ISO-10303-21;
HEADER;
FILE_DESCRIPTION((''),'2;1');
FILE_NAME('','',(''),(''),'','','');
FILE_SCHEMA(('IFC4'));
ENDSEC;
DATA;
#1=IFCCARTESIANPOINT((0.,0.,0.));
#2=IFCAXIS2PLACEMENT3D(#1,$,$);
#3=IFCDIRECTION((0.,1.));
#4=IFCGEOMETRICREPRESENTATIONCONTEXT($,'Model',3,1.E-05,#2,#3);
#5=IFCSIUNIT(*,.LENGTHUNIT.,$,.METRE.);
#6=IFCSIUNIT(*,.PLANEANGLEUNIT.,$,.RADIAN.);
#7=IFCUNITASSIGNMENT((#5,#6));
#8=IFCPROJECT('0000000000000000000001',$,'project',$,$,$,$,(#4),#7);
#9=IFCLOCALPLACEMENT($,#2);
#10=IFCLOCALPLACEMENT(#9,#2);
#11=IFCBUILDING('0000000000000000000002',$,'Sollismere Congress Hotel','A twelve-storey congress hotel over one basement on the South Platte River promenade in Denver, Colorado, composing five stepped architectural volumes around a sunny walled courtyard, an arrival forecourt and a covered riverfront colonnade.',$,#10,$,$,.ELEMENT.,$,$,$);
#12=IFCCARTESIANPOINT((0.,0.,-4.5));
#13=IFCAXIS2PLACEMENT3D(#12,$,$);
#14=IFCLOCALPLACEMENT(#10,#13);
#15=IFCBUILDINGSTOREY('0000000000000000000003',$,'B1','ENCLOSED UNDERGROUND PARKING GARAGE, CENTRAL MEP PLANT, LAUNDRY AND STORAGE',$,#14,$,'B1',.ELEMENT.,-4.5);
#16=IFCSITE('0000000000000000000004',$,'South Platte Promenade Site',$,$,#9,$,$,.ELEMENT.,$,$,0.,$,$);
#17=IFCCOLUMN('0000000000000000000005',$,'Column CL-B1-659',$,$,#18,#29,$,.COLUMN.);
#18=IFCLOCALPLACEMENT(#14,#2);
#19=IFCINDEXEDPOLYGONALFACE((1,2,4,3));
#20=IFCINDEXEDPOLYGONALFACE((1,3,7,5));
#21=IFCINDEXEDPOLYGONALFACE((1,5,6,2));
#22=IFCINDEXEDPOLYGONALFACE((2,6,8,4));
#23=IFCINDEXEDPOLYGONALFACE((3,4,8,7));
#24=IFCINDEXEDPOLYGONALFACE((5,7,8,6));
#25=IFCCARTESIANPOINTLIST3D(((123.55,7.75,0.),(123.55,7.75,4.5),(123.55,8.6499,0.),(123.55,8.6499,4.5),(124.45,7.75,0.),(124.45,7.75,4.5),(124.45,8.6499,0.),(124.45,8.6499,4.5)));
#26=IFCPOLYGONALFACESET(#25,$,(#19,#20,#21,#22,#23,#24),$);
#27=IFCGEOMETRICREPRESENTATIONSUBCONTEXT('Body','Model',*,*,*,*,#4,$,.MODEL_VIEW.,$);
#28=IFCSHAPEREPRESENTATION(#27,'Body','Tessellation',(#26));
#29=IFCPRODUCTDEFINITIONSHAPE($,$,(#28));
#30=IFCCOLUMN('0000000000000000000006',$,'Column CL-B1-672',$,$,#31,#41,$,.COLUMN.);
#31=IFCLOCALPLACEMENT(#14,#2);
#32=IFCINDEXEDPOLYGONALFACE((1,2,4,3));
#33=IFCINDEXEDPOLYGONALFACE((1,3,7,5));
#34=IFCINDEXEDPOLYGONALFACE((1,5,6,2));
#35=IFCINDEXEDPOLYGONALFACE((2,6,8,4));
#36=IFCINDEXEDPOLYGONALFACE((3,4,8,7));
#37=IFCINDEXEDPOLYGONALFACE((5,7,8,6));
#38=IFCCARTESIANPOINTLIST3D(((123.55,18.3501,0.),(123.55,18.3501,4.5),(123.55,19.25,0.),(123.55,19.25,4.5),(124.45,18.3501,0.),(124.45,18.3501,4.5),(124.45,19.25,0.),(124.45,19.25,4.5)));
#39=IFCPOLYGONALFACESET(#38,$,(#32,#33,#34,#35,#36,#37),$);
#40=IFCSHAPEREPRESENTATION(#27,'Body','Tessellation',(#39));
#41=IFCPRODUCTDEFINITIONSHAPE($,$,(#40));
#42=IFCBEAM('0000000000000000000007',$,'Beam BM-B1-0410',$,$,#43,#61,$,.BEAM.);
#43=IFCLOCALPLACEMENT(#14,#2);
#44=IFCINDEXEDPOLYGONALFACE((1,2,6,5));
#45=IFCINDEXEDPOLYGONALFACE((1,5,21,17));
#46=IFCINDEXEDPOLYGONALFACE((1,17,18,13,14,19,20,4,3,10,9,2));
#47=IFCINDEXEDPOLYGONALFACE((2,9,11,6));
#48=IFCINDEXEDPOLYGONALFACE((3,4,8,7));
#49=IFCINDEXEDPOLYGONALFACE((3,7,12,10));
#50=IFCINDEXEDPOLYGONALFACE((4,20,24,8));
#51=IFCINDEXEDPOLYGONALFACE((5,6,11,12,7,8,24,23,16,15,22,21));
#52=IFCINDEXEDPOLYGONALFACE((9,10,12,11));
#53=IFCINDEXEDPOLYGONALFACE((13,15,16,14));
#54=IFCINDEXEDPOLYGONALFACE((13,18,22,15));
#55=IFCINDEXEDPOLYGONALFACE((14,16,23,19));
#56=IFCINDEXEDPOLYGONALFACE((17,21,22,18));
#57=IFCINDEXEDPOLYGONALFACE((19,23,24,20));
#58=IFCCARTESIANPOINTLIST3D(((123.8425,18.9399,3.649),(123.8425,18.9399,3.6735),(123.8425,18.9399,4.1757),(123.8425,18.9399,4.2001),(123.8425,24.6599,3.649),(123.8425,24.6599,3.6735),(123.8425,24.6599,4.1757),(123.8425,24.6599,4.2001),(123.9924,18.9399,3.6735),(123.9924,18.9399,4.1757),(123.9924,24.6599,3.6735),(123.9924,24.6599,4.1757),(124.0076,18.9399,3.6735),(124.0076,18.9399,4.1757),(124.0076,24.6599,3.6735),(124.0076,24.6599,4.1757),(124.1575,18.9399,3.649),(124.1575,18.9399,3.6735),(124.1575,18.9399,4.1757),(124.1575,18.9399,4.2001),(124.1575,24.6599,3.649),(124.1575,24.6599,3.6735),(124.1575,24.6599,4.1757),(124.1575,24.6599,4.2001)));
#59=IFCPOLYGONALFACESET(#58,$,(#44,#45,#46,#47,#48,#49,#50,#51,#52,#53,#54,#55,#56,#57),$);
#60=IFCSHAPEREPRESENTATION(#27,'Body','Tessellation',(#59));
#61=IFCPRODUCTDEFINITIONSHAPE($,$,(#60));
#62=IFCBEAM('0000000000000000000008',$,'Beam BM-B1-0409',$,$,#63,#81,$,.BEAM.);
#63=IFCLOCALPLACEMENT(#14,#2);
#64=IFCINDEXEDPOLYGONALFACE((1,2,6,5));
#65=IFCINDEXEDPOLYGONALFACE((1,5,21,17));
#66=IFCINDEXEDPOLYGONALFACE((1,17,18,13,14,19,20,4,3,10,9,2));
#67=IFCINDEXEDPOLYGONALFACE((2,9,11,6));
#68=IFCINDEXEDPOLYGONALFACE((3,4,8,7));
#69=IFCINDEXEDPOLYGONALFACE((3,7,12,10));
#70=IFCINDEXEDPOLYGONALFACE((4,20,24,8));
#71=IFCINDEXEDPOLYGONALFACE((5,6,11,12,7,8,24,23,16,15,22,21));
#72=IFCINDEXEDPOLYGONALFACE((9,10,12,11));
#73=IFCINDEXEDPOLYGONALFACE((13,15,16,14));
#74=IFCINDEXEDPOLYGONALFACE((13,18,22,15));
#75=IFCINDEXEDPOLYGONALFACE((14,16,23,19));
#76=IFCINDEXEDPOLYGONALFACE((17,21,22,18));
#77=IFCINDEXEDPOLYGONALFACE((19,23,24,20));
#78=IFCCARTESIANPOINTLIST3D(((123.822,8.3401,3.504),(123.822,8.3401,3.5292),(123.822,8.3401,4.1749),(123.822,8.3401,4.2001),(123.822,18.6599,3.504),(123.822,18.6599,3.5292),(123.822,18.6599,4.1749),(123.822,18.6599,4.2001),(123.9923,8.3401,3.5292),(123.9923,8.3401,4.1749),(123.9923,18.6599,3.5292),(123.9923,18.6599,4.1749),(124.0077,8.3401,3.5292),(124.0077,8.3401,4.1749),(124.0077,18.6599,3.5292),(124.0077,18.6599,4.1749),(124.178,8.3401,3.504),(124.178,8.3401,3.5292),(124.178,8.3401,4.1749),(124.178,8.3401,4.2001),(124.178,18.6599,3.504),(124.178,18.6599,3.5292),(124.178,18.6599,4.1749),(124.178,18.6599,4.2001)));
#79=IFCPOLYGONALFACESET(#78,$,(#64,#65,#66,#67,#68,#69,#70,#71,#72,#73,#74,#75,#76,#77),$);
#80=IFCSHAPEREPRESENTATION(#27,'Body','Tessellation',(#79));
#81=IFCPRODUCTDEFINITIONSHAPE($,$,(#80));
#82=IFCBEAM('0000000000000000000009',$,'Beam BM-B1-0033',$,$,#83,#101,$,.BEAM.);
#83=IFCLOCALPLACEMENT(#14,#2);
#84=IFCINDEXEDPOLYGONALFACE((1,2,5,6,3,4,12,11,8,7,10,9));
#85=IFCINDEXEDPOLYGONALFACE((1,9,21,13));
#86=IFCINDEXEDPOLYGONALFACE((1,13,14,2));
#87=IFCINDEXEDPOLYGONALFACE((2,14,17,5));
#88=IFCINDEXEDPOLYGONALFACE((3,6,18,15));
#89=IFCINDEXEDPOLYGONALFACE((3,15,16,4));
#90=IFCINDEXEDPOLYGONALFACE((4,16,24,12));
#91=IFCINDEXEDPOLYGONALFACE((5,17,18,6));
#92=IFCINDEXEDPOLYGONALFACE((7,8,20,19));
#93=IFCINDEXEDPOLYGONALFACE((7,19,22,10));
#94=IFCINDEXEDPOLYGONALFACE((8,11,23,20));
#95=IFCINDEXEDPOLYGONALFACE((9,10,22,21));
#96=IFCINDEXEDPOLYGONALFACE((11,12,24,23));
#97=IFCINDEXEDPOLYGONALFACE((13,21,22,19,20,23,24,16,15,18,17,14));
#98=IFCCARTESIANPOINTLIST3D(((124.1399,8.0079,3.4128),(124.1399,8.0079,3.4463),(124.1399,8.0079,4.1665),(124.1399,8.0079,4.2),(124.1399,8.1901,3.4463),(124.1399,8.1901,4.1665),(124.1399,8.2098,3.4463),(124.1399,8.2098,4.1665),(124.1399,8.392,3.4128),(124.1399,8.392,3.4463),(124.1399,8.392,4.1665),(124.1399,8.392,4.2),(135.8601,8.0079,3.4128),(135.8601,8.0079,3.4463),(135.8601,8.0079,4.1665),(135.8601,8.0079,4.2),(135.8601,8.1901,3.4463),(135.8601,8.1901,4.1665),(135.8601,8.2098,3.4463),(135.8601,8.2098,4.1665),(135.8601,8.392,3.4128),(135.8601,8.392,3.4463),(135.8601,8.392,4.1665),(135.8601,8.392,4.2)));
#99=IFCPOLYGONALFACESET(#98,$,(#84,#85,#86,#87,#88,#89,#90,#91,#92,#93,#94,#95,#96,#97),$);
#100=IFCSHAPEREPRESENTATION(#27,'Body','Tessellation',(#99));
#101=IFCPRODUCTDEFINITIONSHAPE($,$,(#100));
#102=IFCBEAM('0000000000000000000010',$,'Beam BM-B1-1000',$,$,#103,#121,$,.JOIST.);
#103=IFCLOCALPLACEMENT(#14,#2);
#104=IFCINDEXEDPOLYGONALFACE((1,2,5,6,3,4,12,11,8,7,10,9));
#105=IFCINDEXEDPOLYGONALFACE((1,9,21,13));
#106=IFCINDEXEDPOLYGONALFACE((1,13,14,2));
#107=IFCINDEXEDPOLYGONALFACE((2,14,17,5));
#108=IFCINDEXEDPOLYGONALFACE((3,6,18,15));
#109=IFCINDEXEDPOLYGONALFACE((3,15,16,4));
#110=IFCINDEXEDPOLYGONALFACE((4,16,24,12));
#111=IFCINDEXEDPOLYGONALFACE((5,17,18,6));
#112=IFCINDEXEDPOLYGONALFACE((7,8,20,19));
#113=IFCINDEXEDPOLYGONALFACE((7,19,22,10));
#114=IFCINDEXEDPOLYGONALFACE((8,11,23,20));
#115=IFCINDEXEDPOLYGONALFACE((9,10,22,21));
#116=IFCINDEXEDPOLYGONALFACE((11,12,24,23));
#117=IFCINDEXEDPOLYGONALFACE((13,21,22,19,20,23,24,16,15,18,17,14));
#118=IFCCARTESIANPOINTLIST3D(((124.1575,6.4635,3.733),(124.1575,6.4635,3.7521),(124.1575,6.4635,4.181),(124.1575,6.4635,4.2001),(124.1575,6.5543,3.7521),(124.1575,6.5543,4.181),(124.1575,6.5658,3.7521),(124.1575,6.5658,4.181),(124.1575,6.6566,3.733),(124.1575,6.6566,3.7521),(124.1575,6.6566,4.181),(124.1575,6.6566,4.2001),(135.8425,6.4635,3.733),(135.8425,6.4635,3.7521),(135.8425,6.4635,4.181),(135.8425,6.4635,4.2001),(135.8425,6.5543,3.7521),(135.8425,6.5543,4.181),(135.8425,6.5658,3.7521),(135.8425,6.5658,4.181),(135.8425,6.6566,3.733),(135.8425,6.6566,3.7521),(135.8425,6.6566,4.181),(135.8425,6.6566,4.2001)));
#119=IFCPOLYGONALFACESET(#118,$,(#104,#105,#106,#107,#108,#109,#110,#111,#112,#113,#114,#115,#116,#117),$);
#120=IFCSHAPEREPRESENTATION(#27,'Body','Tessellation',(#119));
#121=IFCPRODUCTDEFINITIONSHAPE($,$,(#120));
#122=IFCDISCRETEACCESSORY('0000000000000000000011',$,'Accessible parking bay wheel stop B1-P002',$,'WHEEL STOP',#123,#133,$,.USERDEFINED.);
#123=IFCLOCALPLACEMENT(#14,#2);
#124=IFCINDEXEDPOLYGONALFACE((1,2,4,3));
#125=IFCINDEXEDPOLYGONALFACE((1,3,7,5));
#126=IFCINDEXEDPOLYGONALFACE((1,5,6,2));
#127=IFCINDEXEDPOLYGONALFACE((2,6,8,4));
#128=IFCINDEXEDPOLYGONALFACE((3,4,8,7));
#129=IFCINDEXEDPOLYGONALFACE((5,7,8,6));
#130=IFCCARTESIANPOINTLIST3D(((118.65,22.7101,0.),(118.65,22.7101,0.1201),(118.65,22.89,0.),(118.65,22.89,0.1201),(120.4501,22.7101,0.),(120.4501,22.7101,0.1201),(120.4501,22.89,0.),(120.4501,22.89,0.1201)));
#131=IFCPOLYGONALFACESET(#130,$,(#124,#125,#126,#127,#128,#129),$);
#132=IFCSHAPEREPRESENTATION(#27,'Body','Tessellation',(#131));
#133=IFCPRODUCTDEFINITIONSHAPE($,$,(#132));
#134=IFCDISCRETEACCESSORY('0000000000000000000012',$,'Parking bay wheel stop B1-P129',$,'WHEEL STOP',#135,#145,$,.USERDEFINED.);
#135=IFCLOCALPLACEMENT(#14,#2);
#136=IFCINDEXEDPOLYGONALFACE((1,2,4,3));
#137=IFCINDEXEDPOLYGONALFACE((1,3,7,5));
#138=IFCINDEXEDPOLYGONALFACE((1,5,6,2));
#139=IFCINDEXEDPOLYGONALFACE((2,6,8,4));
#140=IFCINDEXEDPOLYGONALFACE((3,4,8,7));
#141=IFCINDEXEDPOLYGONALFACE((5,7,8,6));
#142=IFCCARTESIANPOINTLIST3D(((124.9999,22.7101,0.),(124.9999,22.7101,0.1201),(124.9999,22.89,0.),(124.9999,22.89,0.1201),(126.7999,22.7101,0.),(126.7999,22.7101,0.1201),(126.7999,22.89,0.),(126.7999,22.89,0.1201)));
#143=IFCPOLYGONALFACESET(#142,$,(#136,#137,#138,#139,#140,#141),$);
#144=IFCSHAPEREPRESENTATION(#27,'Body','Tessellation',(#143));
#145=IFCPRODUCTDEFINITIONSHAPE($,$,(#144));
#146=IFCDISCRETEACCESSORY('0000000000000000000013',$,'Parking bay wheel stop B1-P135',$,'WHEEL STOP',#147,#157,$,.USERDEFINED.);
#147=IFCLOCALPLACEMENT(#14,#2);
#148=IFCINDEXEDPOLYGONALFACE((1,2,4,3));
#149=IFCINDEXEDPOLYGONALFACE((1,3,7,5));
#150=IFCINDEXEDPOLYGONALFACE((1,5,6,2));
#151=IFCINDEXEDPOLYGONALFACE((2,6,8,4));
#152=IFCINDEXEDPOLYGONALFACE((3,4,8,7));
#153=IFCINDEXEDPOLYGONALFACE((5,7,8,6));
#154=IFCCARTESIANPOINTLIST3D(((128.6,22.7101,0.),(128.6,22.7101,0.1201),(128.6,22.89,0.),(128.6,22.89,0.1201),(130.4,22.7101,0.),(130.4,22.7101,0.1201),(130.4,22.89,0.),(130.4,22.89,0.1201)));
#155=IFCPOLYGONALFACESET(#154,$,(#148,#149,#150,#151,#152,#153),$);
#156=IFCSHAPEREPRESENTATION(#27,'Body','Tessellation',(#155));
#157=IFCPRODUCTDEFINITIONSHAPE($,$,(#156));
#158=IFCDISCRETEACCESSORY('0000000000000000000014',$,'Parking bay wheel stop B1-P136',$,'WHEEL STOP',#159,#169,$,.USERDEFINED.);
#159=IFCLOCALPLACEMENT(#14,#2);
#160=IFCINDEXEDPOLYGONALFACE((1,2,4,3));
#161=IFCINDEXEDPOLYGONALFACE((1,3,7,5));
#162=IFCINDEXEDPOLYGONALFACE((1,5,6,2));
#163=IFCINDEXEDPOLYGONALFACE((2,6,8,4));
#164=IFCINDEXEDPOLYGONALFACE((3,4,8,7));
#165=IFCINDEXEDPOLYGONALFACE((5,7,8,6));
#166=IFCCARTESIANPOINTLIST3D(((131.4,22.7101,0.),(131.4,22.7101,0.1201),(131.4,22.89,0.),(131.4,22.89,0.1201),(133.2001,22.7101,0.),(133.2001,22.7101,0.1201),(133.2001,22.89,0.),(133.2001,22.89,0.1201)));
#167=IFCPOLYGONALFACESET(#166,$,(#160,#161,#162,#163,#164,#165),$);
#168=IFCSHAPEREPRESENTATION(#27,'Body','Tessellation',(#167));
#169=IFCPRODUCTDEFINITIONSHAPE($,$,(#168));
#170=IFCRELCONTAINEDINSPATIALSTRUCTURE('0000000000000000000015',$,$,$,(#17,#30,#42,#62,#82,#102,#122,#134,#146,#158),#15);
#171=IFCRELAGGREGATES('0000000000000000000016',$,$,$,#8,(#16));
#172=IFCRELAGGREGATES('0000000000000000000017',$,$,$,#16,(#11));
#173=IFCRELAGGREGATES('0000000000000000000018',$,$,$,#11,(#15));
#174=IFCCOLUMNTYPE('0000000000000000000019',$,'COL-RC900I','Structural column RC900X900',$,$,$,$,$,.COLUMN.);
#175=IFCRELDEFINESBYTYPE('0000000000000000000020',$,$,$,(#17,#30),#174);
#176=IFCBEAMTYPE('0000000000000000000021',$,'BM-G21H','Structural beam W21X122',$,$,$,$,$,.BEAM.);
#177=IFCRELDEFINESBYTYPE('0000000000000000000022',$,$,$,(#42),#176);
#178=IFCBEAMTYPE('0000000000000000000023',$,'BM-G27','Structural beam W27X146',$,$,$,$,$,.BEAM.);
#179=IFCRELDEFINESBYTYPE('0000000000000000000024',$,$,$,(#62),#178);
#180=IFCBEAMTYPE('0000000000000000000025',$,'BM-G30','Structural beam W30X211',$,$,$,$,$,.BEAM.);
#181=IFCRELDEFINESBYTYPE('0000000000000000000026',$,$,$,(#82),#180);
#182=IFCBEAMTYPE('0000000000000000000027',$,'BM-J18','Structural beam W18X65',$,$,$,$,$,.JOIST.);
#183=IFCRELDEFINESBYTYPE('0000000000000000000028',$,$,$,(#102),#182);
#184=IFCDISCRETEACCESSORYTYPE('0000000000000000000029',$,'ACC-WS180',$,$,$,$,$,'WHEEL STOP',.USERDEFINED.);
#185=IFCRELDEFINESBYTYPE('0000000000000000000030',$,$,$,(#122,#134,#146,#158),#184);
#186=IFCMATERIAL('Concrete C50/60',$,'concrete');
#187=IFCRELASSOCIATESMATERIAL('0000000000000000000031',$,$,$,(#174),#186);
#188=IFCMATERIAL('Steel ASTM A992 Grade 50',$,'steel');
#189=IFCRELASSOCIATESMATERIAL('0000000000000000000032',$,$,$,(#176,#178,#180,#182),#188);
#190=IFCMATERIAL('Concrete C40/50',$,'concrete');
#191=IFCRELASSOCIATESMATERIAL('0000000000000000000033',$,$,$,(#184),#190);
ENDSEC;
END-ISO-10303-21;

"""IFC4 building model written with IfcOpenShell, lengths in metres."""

from ifc_helpers import new_model, si_unit, direction, frame, origin, origin_2d, place, context, subcontext, project, spatial, rectangle, i_section, extrude, material, material_profile, profile_set, type_object, element, save


model = new_model("IFC4")

# Units and contexts
model_context = context("Model", 3, precision=1e-05, world=origin(), true_north=direction((0.0, 1.0)))
body_context = subcontext(model_context, "Body", "Model", "MODEL_VIEW")
ifc_project = project(units=[si_unit("LENGTHUNIT", "METRE"), si_unit("PLANEANGLEUNIT", "RADIAN")], contexts=[model_context])

# Site, building, storey
site_placement = place(None, origin())
site = spatial("IfcSite", under=ifc_project, at=site_placement, Name="South Platte Promenade Site", CompositionType="ELEMENT", RefElevation=0.0)
building_placement = place(site_placement, origin())
building = spatial("IfcBuilding", under=site, at=building_placement, Name="Sollismere Congress Hotel", Description="A twelve-storey congress hotel over one basement on the South Platte River promenade in Denver, Colorado, composing five stepped architectural volumes around a sunny walled courtyard, an arrival forecourt and a covered riverfront colonnade.", CompositionType="ELEMENT")
storey_placement = place(building_placement, frame((0.0, 0.0, -4.5)))
storey = spatial("IfcBuildingStorey", under=building, at=storey_placement, Name="B1", Description="ENCLOSED UNDERGROUND PARKING GARAGE, CENTRAL MEP PLANT, LAUNDRY AND STORAGE", LongName="B1", CompositionType="ELEMENT", Elevation=-4.5)

# Shared definitions
ifc_material_1 = material(Name="Concrete C40/50", Category="concrete")

# Columns
ifc_material_2 = material(Name="Concrete C50/60", Category="concrete")
ifc_material_profile_1 = material_profile(ifc_material_2, rectangle(XDim=0.8999, YDim=0.8999, at=origin_2d()), Name="RC900X900")
ifc_profile_set_1 = profile_set([ifc_material_profile_1], Name="Concrete C50/60")
column_type = type_object("IfcColumnType", Name="COL-RC900I", Description="Structural column RC900X900", PredefinedType="COLUMN", material=ifc_profile_set_1)
for number, where, z_axis, x_axis, name in (
    (1, (124.0, 8.2, 0.0), (0.0, 0.0, 1.0), (1.0, 0.0, 0.0), "Column CL-B1-659"),
    (2, (124.0, 18.8, 0.0), (0.0, 0.0, 1.0), (0.0, 1.0, 0.0), "Column CL-B1-672"),
):
    element("IfcColumn", number, at=place(storey_placement, frame(where, z_axis=z_axis, x_axis=x_axis)), inside=storey, type_object=column_type, Name=name, PredefinedType="COLUMN", context=body_context, shape_type="SweptSolid", body=[
        extrude(rectangle(XDim=0.8999, YDim=0.8999, at=origin_2d()), origin(), (0.0, 0.0, 1.0), 4.5),
    ])

# Beams
ifc_material_3 = material(Name="Steel ASTM A992 Grade 50", Category="steel")
ifc_material_profile_2 = material_profile(ifc_material_3, i_section(OverallWidth=0.3149, OverallDepth=0.551, WebThickness=0.0151, FlangeThickness=0.0244, at=origin_2d()), Name="W21X122")
ifc_profile_set_2 = profile_set([ifc_material_profile_2], Name="Steel ASTM A992 Grade 50")
beam_type_1 = type_object("IfcBeamType", Name="BM-G21H", Description="Structural beam W21X122", PredefinedType="BEAM", material=ifc_profile_set_2)
beam_1_placement = place(storey_placement, frame((124.0, 18.9399, 3.9246), z_axis=(0.0, 1.0, 0.0), x_axis=(-1.0, 0.0, 0.0)))
element("IfcBeam", 3, at=beam_1_placement, inside=storey, type_object=beam_type_1, Name="Beam BM-B1-0410", PredefinedType="BEAM", context=body_context, shape_type="SweptSolid", body=[
    extrude(i_section(OverallWidth=0.3149, OverallDepth=0.551, WebThickness=0.0151, FlangeThickness=0.0244, at=origin_2d()), origin(), (0.0, 0.0, 1.0), 5.72),
])
ifc_material_profile_3 = material_profile(ifc_material_3, i_section(OverallWidth=0.356, OverallDepth=0.696, WebThickness=0.0154, FlangeThickness=0.0251, at=origin_2d()), Name="W27X146")
ifc_profile_set_3 = profile_set([ifc_material_profile_3], Name="Steel ASTM A992 Grade 50")
beam_type_2 = type_object("IfcBeamType", Name="BM-G27", Description="Structural beam W27X146", PredefinedType="BEAM", material=ifc_profile_set_3)
beam_2_placement = place(storey_placement, frame((124.0, 8.3401, 3.8521), z_axis=(0.0, 1.0, 0.0), x_axis=(-1.0, 0.0, 0.0)))
element("IfcBeam", 4, at=beam_2_placement, inside=storey, type_object=beam_type_2, Name="Beam BM-B1-0409", PredefinedType="BEAM", context=body_context, shape_type="SweptSolid", body=[
    extrude(i_section(OverallWidth=0.356, OverallDepth=0.696, WebThickness=0.0154, FlangeThickness=0.0251, at=origin_2d()), origin(), (0.0, 0.0, 1.0), 10.3198),
])
ifc_material_profile_4 = material_profile(ifc_material_3, i_section(OverallWidth=0.384, OverallDepth=0.7871, WebThickness=0.0198, FlangeThickness=0.0334, at=origin_2d()), Name="W30X211")
ifc_profile_set_4 = profile_set([ifc_material_profile_4], Name="Steel ASTM A992 Grade 50")
beam_type_3 = type_object("IfcBeamType", Name="BM-G30", Description="Structural beam W30X211", PredefinedType="BEAM", material=ifc_profile_set_4)
beam_3_placement = place(storey_placement, frame((124.1399, 8.2, 3.8064), z_axis=(1.0, 0.0, 0.0), x_axis=(0.0, 1.0, 0.0)))
element("IfcBeam", 5, at=beam_3_placement, inside=storey, type_object=beam_type_3, Name="Beam BM-B1-0033", PredefinedType="BEAM", context=body_context, shape_type="SweptSolid", body=[
    extrude(i_section(OverallWidth=0.384, OverallDepth=0.7871, WebThickness=0.0198, FlangeThickness=0.0334, at=origin_2d()), origin(), (0.0, 0.0, 1.0), 11.7202),
])
ifc_material_profile_5 = material_profile(ifc_material_3, i_section(OverallWidth=0.1931, OverallDepth=0.467, WebThickness=0.0115, FlangeThickness=0.019, at=origin_2d()), Name="W18X65")
ifc_profile_set_5 = profile_set([ifc_material_profile_5], Name="Steel ASTM A992 Grade 50")
beam_type_4 = type_object("IfcBeamType", Name="BM-J18", Description="Structural beam W18X65", PredefinedType="JOIST", material=ifc_profile_set_5)
beam_4_placement = place(storey_placement, frame((124.1575, 6.5601, 3.9666), z_axis=(1.0, 0.0, 0.0), x_axis=(0.0, 1.0, 0.0)))
element("IfcBeam", 6, at=beam_4_placement, inside=storey, type_object=beam_type_4, Name="Beam BM-B1-1000", PredefinedType="JOIST", context=body_context, shape_type="SweptSolid", body=[
    extrude(i_section(OverallWidth=0.1931, OverallDepth=0.467, WebThickness=0.0115, FlangeThickness=0.019, at=origin_2d()), origin(), (0.0, 0.0, 1.0), 11.6851),
])

# Discrete accessories
discrete_accessory_type = type_object("IfcDiscreteAccessoryType", Name="ACC-WS180", ElementType="WHEEL STOP", PredefinedType="USERDEFINED", material=ifc_material_1)
for number, where, z_axis, x_axis, name in (
    (7, (119.55, 22.8, 0.0), (0.0, 0.0, 1.0), (1.0, 0.0, 0.0), "Accessible parking bay wheel stop B1-P002"),
    (8, (125.8999, 22.8, 0.0), (0.0, 0.0, 1.0), (1.0, 0.0, 0.0), "Parking bay wheel stop B1-P129"),
    (9, (129.5, 22.8, 0.0), (0.0, 0.0, 1.0), (1.0, 0.0, 0.0), "Parking bay wheel stop B1-P135"),
    (10, (132.3, 22.8, 0.0), (0.0, 0.0, 1.0), (1.0, 0.0, 0.0), "Parking bay wheel stop B1-P136"),
):
    element("IfcDiscreteAccessory", number, at=place(storey_placement, frame(where, z_axis=z_axis, x_axis=x_axis)), inside=storey, type_object=discrete_accessory_type, Name=name, ObjectType="WHEEL STOP", PredefinedType="USERDEFINED", context=body_context, shape_type="SweptSolid", body=[
        extrude(rectangle(XDim=1.8, YDim=0.1799, at=origin_2d()), origin(), (0.0, 0.0, 1.0), 0.1201),
    ])

save(model, "model.ifc")
